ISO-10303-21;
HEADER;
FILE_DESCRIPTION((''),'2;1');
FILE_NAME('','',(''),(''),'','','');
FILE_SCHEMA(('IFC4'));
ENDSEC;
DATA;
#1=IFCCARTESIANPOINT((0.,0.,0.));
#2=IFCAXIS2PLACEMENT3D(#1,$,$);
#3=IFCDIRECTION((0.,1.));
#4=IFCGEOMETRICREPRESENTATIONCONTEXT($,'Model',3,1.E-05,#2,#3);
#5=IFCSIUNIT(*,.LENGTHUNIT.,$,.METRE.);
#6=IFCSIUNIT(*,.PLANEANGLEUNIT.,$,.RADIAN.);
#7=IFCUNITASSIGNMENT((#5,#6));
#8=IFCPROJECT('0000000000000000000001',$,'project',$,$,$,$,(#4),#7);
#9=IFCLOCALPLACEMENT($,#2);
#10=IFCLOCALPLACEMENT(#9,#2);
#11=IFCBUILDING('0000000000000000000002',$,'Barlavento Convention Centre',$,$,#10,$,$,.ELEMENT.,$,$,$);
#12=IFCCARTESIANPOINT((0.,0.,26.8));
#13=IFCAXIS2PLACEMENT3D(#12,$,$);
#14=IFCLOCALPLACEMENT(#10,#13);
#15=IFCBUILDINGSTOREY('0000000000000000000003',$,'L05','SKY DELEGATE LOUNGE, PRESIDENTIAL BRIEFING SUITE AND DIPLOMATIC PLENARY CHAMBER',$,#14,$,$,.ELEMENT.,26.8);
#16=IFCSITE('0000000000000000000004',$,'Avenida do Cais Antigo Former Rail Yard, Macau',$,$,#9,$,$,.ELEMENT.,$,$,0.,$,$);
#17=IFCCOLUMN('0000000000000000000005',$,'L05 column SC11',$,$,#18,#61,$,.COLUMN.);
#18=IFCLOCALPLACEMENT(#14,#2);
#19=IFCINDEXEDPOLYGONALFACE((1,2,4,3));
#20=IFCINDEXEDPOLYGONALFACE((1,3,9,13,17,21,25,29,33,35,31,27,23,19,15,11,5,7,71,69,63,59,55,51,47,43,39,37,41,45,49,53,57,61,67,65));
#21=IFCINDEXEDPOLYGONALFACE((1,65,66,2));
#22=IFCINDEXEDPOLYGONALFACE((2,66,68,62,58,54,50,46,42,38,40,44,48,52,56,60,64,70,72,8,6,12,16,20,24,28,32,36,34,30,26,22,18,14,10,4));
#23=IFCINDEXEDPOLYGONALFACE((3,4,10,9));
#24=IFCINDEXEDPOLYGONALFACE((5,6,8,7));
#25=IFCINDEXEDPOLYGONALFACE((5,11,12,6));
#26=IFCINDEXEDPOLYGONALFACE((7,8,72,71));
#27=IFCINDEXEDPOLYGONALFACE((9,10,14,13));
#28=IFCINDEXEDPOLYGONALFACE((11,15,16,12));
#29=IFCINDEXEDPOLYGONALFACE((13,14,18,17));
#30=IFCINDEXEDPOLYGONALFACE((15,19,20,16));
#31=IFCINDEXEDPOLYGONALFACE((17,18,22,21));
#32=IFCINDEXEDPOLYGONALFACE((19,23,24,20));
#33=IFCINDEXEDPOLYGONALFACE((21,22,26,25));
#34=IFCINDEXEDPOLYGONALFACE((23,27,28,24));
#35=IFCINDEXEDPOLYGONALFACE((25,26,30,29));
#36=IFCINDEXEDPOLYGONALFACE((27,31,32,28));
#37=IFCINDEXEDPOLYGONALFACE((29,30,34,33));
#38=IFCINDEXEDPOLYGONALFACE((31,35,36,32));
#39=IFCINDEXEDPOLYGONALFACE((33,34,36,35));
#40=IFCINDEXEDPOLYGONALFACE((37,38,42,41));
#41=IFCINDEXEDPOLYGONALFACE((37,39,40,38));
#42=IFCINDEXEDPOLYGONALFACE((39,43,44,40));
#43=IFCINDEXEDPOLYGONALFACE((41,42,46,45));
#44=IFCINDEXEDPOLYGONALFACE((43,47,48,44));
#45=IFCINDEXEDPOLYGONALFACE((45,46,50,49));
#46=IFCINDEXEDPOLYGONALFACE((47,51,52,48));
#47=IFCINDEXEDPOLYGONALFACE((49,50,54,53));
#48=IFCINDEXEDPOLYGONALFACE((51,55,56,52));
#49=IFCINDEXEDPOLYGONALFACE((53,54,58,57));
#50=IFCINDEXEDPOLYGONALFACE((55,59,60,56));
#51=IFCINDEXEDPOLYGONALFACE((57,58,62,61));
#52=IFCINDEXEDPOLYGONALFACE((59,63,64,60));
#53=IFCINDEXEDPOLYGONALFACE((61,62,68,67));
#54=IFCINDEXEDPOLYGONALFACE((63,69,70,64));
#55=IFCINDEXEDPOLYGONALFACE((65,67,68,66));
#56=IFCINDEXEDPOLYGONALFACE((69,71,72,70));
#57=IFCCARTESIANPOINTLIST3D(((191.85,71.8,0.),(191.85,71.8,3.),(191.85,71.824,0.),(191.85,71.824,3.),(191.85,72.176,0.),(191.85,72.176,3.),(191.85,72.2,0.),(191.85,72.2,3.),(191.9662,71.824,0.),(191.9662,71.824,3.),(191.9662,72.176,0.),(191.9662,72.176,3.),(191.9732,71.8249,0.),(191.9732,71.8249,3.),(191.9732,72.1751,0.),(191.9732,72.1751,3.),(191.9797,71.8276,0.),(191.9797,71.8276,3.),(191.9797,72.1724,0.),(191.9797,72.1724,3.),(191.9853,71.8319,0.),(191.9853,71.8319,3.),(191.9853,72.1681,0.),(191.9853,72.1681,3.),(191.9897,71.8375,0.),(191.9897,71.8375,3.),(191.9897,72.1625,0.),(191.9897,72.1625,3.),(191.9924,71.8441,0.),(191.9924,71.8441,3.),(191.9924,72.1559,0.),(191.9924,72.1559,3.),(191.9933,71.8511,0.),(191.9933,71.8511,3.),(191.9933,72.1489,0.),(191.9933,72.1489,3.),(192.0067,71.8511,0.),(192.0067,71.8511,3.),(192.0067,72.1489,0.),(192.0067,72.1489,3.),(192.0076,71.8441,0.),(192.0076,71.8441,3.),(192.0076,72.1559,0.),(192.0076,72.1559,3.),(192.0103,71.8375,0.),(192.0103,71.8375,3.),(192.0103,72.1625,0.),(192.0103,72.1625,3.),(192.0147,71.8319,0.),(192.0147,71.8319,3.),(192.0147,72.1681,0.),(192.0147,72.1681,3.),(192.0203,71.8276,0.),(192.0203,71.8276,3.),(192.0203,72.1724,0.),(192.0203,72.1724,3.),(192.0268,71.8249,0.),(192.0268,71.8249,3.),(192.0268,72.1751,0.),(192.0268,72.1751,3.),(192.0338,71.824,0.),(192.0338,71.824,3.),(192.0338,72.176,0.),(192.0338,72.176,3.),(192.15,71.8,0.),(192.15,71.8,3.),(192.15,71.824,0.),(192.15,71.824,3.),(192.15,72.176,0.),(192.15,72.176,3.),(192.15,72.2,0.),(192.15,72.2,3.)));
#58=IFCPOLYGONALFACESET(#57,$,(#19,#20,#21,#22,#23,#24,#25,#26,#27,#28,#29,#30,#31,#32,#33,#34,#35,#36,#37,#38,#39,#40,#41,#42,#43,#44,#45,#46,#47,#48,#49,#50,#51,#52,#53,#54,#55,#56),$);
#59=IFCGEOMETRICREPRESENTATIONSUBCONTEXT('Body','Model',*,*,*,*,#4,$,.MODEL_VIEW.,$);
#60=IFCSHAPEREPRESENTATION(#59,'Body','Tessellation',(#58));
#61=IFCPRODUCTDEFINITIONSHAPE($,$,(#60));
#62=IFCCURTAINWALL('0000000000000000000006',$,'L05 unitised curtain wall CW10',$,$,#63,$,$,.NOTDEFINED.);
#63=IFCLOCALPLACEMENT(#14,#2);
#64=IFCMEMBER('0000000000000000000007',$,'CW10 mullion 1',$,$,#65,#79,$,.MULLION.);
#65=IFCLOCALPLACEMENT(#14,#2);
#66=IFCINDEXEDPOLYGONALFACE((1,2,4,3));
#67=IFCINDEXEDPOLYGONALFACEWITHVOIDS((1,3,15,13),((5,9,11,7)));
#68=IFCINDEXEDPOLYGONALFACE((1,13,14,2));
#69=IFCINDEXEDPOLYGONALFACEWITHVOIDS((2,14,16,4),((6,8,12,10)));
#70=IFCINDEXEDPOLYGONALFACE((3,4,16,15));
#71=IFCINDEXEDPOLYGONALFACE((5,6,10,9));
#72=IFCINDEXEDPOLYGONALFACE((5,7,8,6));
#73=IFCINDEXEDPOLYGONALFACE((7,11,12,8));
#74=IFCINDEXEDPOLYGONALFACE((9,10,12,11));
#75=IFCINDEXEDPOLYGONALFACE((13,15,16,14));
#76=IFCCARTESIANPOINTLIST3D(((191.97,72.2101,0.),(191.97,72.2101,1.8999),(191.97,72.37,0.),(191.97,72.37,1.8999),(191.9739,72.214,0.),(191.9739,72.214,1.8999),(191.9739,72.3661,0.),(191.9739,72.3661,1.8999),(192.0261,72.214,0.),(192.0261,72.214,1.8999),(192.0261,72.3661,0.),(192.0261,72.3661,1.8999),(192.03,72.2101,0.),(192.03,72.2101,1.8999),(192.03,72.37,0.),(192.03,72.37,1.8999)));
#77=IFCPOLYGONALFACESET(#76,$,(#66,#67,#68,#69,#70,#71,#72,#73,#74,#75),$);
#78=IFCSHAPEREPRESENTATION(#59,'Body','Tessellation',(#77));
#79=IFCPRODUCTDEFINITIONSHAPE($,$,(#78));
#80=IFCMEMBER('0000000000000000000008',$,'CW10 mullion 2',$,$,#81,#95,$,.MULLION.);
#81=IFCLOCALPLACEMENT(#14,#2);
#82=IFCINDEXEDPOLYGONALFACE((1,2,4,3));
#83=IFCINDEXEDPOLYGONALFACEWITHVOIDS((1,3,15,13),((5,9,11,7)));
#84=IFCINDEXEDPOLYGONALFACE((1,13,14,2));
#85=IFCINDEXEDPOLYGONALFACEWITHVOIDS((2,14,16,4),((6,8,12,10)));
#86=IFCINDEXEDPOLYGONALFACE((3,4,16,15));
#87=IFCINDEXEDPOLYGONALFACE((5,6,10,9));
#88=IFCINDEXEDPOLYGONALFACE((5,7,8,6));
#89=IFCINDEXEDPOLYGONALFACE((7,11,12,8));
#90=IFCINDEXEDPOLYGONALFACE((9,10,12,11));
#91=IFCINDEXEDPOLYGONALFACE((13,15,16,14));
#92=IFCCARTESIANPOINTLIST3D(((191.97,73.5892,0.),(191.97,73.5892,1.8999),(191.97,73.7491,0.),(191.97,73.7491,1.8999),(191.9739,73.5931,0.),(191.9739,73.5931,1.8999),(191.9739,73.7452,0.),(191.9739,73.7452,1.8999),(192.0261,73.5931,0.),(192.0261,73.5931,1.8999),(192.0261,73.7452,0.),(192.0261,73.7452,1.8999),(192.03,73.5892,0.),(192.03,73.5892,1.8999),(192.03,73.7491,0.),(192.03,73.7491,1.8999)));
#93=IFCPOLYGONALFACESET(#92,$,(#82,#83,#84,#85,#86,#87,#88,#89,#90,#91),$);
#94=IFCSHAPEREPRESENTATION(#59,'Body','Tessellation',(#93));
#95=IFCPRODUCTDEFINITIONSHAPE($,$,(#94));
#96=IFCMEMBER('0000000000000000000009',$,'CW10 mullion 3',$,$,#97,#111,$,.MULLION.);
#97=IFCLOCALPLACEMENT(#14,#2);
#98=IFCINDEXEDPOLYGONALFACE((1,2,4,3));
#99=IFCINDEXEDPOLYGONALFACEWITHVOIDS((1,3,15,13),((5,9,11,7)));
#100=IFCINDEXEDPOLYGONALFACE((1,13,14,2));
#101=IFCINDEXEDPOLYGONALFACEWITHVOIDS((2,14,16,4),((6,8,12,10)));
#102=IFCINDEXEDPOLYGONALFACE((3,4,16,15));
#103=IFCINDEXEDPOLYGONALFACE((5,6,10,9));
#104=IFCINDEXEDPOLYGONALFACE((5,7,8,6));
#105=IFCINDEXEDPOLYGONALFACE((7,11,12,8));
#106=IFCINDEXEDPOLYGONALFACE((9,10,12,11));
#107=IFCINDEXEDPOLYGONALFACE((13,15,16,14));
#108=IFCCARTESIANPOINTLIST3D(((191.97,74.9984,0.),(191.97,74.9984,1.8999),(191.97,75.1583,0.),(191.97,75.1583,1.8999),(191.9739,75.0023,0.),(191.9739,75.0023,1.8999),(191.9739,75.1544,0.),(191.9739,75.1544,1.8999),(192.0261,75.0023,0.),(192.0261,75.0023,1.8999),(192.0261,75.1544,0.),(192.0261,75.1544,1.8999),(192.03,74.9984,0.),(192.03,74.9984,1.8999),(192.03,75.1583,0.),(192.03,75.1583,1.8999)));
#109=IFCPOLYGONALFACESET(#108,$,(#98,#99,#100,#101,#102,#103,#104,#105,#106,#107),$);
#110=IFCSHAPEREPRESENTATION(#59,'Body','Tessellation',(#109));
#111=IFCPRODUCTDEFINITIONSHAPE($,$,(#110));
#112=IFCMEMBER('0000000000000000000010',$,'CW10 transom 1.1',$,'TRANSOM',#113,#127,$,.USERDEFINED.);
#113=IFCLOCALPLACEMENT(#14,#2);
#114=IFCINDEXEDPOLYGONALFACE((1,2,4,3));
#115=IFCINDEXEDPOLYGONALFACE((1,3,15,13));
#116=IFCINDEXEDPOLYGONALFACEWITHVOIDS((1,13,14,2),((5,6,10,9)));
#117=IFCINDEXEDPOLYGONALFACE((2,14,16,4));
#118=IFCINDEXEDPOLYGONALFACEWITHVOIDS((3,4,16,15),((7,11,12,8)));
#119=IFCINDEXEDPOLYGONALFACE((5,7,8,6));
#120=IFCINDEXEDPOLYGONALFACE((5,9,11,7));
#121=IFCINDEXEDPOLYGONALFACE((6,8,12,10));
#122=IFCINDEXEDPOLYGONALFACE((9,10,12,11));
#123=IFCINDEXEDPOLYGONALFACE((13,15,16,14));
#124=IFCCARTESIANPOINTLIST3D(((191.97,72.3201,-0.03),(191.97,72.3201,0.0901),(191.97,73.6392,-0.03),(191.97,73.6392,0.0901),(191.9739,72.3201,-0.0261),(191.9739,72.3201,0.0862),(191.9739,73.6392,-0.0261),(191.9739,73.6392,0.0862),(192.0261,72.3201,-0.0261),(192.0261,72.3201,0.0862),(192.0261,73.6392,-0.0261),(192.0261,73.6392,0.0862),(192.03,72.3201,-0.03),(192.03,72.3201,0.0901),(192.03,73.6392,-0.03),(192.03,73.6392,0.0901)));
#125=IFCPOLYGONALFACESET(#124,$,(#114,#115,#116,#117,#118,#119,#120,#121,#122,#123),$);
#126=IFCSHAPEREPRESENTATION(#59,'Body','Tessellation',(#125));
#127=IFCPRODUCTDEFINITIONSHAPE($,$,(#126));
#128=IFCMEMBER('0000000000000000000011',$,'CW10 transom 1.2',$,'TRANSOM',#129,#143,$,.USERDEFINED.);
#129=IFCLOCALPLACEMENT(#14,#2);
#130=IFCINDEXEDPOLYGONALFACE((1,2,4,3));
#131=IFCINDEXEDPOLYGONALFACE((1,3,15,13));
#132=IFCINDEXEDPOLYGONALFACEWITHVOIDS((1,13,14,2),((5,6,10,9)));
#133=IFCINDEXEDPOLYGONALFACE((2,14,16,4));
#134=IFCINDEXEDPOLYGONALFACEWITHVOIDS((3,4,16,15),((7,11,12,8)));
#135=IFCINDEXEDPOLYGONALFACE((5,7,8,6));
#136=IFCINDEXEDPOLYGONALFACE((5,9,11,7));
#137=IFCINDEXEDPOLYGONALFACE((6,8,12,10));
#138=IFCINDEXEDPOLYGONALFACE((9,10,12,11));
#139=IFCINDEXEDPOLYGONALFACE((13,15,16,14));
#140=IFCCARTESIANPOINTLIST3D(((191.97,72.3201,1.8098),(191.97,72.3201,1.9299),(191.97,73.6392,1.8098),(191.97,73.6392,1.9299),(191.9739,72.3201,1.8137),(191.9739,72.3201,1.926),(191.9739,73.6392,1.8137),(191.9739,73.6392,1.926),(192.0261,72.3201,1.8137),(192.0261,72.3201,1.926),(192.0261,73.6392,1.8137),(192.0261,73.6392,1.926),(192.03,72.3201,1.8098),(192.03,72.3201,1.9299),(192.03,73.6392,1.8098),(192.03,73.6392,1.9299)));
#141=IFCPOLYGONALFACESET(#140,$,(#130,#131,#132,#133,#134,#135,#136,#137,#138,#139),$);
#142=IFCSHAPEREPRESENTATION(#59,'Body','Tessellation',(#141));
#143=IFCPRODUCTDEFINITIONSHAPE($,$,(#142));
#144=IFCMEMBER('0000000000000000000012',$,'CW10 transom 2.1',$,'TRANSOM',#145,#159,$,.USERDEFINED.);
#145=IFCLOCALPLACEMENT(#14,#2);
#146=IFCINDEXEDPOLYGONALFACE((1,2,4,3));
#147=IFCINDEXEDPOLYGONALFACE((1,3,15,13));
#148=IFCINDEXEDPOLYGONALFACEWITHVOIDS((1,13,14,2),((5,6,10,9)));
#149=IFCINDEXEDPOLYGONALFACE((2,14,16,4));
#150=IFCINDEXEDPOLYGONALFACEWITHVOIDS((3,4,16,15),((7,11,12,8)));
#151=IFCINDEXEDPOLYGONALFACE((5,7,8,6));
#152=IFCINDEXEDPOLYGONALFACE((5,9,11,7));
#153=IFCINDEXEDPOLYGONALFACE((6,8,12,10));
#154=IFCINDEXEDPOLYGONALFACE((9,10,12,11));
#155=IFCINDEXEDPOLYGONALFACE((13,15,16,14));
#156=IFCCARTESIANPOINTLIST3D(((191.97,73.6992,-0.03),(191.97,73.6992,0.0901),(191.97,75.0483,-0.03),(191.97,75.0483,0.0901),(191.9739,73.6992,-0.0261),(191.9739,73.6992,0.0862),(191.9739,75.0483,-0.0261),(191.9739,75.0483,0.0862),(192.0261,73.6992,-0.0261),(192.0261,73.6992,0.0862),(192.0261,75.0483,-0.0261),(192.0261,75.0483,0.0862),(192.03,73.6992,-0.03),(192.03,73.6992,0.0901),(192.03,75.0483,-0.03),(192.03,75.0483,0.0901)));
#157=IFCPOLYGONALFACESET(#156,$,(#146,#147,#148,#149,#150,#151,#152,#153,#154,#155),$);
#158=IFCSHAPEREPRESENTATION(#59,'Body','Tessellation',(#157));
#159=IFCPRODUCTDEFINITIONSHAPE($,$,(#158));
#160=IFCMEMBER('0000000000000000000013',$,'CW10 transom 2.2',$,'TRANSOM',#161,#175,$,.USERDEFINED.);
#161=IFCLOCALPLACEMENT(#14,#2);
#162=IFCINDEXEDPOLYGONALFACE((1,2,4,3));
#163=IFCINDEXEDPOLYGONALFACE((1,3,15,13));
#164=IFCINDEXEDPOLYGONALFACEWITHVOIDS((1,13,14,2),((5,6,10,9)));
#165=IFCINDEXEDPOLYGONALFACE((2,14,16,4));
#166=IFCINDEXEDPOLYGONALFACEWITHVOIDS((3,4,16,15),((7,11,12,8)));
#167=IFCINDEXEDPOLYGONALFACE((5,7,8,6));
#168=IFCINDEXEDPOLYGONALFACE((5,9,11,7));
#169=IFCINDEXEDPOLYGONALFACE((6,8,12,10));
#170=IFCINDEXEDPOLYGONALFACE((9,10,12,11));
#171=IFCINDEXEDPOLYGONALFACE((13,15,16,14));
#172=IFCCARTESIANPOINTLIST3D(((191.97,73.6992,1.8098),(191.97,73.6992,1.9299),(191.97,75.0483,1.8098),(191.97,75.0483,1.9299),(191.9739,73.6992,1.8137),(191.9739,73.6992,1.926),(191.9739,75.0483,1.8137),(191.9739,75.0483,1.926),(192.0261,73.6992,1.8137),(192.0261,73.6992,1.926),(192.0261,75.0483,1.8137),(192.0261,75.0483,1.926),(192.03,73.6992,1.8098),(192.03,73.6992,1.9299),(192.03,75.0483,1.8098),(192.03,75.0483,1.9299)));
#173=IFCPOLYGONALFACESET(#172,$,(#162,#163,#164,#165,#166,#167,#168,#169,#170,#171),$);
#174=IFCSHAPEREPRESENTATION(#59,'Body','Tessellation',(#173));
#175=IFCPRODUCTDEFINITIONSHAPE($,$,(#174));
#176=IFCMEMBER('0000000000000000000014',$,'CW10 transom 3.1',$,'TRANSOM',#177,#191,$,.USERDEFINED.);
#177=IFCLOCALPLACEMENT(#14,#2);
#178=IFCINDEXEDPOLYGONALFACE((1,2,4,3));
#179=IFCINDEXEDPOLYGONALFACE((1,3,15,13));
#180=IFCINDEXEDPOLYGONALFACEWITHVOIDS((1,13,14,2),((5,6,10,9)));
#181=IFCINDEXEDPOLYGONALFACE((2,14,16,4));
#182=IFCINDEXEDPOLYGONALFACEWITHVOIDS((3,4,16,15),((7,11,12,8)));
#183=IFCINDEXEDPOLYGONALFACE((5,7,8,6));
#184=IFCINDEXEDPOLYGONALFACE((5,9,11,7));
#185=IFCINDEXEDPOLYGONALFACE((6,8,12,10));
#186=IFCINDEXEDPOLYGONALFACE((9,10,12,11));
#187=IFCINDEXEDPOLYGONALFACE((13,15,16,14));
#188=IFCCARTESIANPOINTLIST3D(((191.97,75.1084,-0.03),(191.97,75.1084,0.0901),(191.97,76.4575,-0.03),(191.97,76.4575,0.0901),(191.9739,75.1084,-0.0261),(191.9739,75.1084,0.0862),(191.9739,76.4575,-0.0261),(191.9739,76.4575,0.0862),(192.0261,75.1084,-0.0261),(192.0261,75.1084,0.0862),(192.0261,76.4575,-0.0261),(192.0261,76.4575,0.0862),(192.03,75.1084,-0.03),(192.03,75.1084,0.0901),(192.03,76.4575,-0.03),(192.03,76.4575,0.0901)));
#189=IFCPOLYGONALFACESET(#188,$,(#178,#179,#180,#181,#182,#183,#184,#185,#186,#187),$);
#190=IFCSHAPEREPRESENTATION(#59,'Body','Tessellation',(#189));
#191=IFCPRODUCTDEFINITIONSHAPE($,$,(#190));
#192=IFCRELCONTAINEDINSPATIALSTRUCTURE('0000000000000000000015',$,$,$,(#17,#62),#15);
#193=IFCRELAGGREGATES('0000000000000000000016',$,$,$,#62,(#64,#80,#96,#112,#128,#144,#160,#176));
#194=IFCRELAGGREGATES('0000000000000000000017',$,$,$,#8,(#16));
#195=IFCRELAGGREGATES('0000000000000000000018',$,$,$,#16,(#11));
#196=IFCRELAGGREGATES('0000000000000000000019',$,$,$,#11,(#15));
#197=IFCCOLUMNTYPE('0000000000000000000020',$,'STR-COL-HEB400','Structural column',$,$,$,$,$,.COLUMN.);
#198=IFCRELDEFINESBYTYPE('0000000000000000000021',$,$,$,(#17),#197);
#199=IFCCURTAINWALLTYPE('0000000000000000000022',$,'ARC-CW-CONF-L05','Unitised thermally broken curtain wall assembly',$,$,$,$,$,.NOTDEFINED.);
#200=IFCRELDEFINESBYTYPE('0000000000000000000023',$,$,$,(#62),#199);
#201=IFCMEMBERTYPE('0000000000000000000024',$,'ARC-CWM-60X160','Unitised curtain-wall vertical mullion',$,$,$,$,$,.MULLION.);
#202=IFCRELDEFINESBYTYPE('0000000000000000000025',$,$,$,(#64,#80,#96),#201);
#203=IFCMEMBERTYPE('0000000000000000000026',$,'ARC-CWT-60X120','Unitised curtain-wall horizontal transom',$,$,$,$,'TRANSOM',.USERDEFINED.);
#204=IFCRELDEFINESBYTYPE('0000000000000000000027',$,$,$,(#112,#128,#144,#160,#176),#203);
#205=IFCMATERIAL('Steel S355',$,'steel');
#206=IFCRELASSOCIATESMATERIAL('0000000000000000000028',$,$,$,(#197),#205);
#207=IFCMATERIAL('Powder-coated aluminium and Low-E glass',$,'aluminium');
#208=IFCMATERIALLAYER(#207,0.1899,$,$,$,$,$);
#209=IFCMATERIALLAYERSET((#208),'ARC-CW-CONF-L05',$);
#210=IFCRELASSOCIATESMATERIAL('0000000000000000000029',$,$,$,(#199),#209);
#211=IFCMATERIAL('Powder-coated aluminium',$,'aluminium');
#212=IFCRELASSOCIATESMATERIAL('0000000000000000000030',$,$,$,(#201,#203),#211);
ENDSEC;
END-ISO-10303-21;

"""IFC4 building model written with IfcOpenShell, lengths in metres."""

from ifc_helpers import new_model, si_unit, direction, frame, origin, origin_2d, place, context, subcontext, project, spatial, hollow_rectangle, i_section, extrude, material, layer, layer_set, material_profile, profile_set, type_object, element, aggregate, save


model = new_model("IFC4")

# Units and contexts
model_context = context("Model", 3, precision=1e-05, world=origin(), true_north=direction((0.0, 1.0)))
body_context = subcontext(model_context, "Body", "Model", "MODEL_VIEW")
ifc_project = project(units=[si_unit("LENGTHUNIT", "METRE"), si_unit("PLANEANGLEUNIT", "RADIAN")], contexts=[model_context])

# Site, building, storey
site_placement = place(None, origin())
site = spatial("IfcSite", under=ifc_project, at=site_placement, Name="Avenida do Cais Antigo Former Rail Yard, Macau", CompositionType="ELEMENT", RefElevation=0.0)
building_placement = place(site_placement, origin())
building = spatial("IfcBuilding", under=site, at=building_placement, Name="Barlavento Convention Centre", CompositionType="ELEMENT")
storey_placement = place(building_placement, frame((0.0, 0.0, 26.8)))
storey = spatial("IfcBuildingStorey", under=building, at=storey_placement, Name="L05", Description="SKY DELEGATE LOUNGE, PRESIDENTIAL BRIEFING SUITE AND DIPLOMATIC PLENARY CHAMBER", CompositionType="ELEMENT", Elevation=26.8)

# Column
ifc_material_1 = material(Name="Steel S355", Category="steel")
ifc_material_profile_1 = material_profile(ifc_material_1, i_section(OverallWidth=0.3, OverallDepth=0.3999, WebThickness=0.0134, FlangeThickness=0.0239, FilletRadius=0.0271, at=origin_2d()), Name="HEB 400")
ifc_profile_set_1 = profile_set([ifc_material_profile_1], Name="Steel S355")
column_type = type_object("IfcColumnType", Name="STR-COL-HEB400", Description="Structural column", PredefinedType="COLUMN", material=ifc_profile_set_1)
column_placement = place(storey_placement, frame((192.0, 72.0, 0.0), z_axis=(0.0, 0.0, 1.0), x_axis=(1.0, 0.0, 0.0)))
element("IfcColumn", 1, at=column_placement, inside=storey, type_object=column_type, Name="L05 column SC11", PredefinedType="COLUMN", context=body_context, shape_type="SweptSolid", body=[
    extrude(i_section(OverallWidth=0.3, OverallDepth=0.3999, WebThickness=0.0134, FlangeThickness=0.0239, FilletRadius=0.0271, at=origin_2d()), origin(), (0.0, 0.0, 1.0), 3.0),
])

# Curtain wall, members
ifc_material_2 = material(Name="Powder-coated aluminium and Low-E glass", Category="aluminium")
ifc_layer_1 = layer(ifc_material_2, 0.1899)
ifc_layer_set_1 = layer_set([ifc_layer_1], Name="ARC-CW-CONF-L05")
curtain_wall_type = type_object("IfcCurtainWallType", Name="ARC-CW-CONF-L05", Description="Unitised thermally broken curtain wall assembly", PredefinedType="NOTDEFINED", material=ifc_layer_set_1)
curtain_wall_placement = place(storey_placement, origin())
curtain_wall = element("IfcCurtainWall", 2, at=curtain_wall_placement, inside=storey, type_object=curtain_wall_type, Name="L05 unitised curtain wall CW10", PredefinedType="NOTDEFINED")
ifc_material_3 = material(Name="Powder-coated aluminium", Category="aluminium")
ifc_material_profile_2 = material_profile(ifc_material_3, hollow_rectangle(XDim=0.0601, YDim=0.1599, WallThickness=0.0039, at=origin_2d()), Name="AL-MULL 60x160x4")
ifc_profile_set_2 = profile_set([ifc_material_profile_2], Name="Powder-coated aluminium")
member_type_1 = type_object("IfcMemberType", Name="ARC-CWM-60X160", Description="Unitised curtain-wall vertical mullion", PredefinedType="MULLION", material=ifc_profile_set_2)
member_1_placement = place(storey_placement, frame((192.0, 72.29, 0.0), z_axis=(0.0, 0.0, 1.0), x_axis=(-1.0, 0.0, 0.0)))
member_1 = element("IfcMember", 3, at=member_1_placement, type_object=member_type_1, Name="CW10 mullion 1", PredefinedType="MULLION", context=body_context, shape_type="SweptSolid", body=[
    extrude(hollow_rectangle(XDim=0.0601, YDim=0.1599, WallThickness=0.0039, at=origin_2d()), origin(), (0.0, 0.0, 1.0), 1.8999),
])
member_2_placement = place(storey_placement, frame((192.0, 73.6692, 0.0), z_axis=(0.0, 0.0, 1.0), x_axis=(-1.0, 0.0, 0.0)))
member_2 = element("IfcMember", 4, at=member_2_placement, type_object=member_type_1, Name="CW10 mullion 2", PredefinedType="MULLION", context=body_context, shape_type="SweptSolid", body=[
    extrude(hollow_rectangle(XDim=0.0601, YDim=0.1599, WallThickness=0.0039, at=origin_2d()), origin(), (0.0, 0.0, 1.0), 1.8999),
])
member_3_placement = place(storey_placement, frame((192.0, 75.0784, 0.0), z_axis=(0.0, 0.0, 1.0), x_axis=(-1.0, 0.0, 0.0)))
member_3 = element("IfcMember", 5, at=member_3_placement, type_object=member_type_1, Name="CW10 mullion 3", PredefinedType="MULLION", context=body_context, shape_type="SweptSolid", body=[
    extrude(hollow_rectangle(XDim=0.0601, YDim=0.1599, WallThickness=0.0039, at=origin_2d()), origin(), (0.0, 0.0, 1.0), 1.8999),
])
ifc_material_profile_3 = material_profile(ifc_material_3, hollow_rectangle(XDim=0.0601, YDim=0.1201, WallThickness=0.0039, at=origin_2d()), Name="AL-TRAN 60x120x4")
ifc_profile_set_3 = profile_set([ifc_material_profile_3], Name="Powder-coated aluminium")
member_type_2 = type_object("IfcMemberType", Name="ARC-CWT-60X120", Description="Unitised curtain-wall horizontal transom", ElementType="TRANSOM", PredefinedType="USERDEFINED", material=ifc_profile_set_3)
member_4_placement = place(storey_placement, frame((192.0, 72.3201, 0.03), z_axis=(0.0, 1.0, 0.0), x_axis=(-1.0, 0.0, 0.0)))
member_4 = element("IfcMember", 6, at=member_4_placement, type_object=member_type_2, Name="CW10 transom 1.1", ObjectType="TRANSOM", PredefinedType="USERDEFINED", context=body_context, shape_type="SweptSolid", body=[
    extrude(hollow_rectangle(XDim=0.0601, YDim=0.1201, WallThickness=0.0039, at=origin_2d()), origin(), (0.0, 0.0, 1.0), 1.3191),
])
member_5_placement = place(storey_placement, frame((192.0, 72.3201, 1.8699), z_axis=(0.0, 1.0, 0.0), x_axis=(-1.0, 0.0, 0.0)))
member_5 = element("IfcMember", 7, at=member_5_placement, type_object=member_type_2, Name="CW10 transom 1.2", ObjectType="TRANSOM", PredefinedType="USERDEFINED", context=body_context, shape_type="SweptSolid", body=[
    extrude(hollow_rectangle(XDim=0.0601, YDim=0.1201, WallThickness=0.0039, at=origin_2d()), origin(), (0.0, 0.0, 1.0), 1.3191),
])
member_6_placement = place(storey_placement, frame((192.0, 73.6992, 0.03), z_axis=(0.0, 1.0, 0.0), x_axis=(-1.0, 0.0, 0.0)))
member_6 = element("IfcMember", 8, at=member_6_placement, type_object=member_type_2, Name="CW10 transom 2.1", ObjectType="TRANSOM", PredefinedType="USERDEFINED", context=body_context, shape_type="SweptSolid", body=[
    extrude(hollow_rectangle(XDim=0.0601, YDim=0.1201, WallThickness=0.0039, at=origin_2d()), origin(), (0.0, 0.0, 1.0), 1.3491),
])
member_7_placement = place(storey_placement, frame((192.0, 73.6992, 1.8699), z_axis=(0.0, 1.0, 0.0), x_axis=(-1.0, 0.0, 0.0)))
member_7 = element("IfcMember", 9, at=member_7_placement, type_object=member_type_2, Name="CW10 transom 2.2", ObjectType="TRANSOM", PredefinedType="USERDEFINED", context=body_context, shape_type="SweptSolid", body=[
    extrude(hollow_rectangle(XDim=0.0601, YDim=0.1201, WallThickness=0.0039, at=origin_2d()), origin(), (0.0, 0.0, 1.0), 1.3491),
])
member_8_placement = place(storey_placement, frame((192.0, 75.1084, 0.03), z_axis=(0.0, 1.0, 0.0), x_axis=(-1.0, 0.0, 0.0)))
member_8 = element("IfcMember", 10, at=member_8_placement, type_object=member_type_2, Name="CW10 transom 3.1", ObjectType="TRANSOM", PredefinedType="USERDEFINED", context=body_context, shape_type="SweptSolid", body=[
    extrude(hollow_rectangle(XDim=0.0601, YDim=0.1201, WallThickness=0.0039, at=origin_2d()), origin(), (0.0, 0.0, 1.0), 1.3491),
])

aggregate(curtain_wall, [member_1, member_2, member_3, member_4, member_5, member_6, member_7, member_8])

save(model, "model.ifc")
